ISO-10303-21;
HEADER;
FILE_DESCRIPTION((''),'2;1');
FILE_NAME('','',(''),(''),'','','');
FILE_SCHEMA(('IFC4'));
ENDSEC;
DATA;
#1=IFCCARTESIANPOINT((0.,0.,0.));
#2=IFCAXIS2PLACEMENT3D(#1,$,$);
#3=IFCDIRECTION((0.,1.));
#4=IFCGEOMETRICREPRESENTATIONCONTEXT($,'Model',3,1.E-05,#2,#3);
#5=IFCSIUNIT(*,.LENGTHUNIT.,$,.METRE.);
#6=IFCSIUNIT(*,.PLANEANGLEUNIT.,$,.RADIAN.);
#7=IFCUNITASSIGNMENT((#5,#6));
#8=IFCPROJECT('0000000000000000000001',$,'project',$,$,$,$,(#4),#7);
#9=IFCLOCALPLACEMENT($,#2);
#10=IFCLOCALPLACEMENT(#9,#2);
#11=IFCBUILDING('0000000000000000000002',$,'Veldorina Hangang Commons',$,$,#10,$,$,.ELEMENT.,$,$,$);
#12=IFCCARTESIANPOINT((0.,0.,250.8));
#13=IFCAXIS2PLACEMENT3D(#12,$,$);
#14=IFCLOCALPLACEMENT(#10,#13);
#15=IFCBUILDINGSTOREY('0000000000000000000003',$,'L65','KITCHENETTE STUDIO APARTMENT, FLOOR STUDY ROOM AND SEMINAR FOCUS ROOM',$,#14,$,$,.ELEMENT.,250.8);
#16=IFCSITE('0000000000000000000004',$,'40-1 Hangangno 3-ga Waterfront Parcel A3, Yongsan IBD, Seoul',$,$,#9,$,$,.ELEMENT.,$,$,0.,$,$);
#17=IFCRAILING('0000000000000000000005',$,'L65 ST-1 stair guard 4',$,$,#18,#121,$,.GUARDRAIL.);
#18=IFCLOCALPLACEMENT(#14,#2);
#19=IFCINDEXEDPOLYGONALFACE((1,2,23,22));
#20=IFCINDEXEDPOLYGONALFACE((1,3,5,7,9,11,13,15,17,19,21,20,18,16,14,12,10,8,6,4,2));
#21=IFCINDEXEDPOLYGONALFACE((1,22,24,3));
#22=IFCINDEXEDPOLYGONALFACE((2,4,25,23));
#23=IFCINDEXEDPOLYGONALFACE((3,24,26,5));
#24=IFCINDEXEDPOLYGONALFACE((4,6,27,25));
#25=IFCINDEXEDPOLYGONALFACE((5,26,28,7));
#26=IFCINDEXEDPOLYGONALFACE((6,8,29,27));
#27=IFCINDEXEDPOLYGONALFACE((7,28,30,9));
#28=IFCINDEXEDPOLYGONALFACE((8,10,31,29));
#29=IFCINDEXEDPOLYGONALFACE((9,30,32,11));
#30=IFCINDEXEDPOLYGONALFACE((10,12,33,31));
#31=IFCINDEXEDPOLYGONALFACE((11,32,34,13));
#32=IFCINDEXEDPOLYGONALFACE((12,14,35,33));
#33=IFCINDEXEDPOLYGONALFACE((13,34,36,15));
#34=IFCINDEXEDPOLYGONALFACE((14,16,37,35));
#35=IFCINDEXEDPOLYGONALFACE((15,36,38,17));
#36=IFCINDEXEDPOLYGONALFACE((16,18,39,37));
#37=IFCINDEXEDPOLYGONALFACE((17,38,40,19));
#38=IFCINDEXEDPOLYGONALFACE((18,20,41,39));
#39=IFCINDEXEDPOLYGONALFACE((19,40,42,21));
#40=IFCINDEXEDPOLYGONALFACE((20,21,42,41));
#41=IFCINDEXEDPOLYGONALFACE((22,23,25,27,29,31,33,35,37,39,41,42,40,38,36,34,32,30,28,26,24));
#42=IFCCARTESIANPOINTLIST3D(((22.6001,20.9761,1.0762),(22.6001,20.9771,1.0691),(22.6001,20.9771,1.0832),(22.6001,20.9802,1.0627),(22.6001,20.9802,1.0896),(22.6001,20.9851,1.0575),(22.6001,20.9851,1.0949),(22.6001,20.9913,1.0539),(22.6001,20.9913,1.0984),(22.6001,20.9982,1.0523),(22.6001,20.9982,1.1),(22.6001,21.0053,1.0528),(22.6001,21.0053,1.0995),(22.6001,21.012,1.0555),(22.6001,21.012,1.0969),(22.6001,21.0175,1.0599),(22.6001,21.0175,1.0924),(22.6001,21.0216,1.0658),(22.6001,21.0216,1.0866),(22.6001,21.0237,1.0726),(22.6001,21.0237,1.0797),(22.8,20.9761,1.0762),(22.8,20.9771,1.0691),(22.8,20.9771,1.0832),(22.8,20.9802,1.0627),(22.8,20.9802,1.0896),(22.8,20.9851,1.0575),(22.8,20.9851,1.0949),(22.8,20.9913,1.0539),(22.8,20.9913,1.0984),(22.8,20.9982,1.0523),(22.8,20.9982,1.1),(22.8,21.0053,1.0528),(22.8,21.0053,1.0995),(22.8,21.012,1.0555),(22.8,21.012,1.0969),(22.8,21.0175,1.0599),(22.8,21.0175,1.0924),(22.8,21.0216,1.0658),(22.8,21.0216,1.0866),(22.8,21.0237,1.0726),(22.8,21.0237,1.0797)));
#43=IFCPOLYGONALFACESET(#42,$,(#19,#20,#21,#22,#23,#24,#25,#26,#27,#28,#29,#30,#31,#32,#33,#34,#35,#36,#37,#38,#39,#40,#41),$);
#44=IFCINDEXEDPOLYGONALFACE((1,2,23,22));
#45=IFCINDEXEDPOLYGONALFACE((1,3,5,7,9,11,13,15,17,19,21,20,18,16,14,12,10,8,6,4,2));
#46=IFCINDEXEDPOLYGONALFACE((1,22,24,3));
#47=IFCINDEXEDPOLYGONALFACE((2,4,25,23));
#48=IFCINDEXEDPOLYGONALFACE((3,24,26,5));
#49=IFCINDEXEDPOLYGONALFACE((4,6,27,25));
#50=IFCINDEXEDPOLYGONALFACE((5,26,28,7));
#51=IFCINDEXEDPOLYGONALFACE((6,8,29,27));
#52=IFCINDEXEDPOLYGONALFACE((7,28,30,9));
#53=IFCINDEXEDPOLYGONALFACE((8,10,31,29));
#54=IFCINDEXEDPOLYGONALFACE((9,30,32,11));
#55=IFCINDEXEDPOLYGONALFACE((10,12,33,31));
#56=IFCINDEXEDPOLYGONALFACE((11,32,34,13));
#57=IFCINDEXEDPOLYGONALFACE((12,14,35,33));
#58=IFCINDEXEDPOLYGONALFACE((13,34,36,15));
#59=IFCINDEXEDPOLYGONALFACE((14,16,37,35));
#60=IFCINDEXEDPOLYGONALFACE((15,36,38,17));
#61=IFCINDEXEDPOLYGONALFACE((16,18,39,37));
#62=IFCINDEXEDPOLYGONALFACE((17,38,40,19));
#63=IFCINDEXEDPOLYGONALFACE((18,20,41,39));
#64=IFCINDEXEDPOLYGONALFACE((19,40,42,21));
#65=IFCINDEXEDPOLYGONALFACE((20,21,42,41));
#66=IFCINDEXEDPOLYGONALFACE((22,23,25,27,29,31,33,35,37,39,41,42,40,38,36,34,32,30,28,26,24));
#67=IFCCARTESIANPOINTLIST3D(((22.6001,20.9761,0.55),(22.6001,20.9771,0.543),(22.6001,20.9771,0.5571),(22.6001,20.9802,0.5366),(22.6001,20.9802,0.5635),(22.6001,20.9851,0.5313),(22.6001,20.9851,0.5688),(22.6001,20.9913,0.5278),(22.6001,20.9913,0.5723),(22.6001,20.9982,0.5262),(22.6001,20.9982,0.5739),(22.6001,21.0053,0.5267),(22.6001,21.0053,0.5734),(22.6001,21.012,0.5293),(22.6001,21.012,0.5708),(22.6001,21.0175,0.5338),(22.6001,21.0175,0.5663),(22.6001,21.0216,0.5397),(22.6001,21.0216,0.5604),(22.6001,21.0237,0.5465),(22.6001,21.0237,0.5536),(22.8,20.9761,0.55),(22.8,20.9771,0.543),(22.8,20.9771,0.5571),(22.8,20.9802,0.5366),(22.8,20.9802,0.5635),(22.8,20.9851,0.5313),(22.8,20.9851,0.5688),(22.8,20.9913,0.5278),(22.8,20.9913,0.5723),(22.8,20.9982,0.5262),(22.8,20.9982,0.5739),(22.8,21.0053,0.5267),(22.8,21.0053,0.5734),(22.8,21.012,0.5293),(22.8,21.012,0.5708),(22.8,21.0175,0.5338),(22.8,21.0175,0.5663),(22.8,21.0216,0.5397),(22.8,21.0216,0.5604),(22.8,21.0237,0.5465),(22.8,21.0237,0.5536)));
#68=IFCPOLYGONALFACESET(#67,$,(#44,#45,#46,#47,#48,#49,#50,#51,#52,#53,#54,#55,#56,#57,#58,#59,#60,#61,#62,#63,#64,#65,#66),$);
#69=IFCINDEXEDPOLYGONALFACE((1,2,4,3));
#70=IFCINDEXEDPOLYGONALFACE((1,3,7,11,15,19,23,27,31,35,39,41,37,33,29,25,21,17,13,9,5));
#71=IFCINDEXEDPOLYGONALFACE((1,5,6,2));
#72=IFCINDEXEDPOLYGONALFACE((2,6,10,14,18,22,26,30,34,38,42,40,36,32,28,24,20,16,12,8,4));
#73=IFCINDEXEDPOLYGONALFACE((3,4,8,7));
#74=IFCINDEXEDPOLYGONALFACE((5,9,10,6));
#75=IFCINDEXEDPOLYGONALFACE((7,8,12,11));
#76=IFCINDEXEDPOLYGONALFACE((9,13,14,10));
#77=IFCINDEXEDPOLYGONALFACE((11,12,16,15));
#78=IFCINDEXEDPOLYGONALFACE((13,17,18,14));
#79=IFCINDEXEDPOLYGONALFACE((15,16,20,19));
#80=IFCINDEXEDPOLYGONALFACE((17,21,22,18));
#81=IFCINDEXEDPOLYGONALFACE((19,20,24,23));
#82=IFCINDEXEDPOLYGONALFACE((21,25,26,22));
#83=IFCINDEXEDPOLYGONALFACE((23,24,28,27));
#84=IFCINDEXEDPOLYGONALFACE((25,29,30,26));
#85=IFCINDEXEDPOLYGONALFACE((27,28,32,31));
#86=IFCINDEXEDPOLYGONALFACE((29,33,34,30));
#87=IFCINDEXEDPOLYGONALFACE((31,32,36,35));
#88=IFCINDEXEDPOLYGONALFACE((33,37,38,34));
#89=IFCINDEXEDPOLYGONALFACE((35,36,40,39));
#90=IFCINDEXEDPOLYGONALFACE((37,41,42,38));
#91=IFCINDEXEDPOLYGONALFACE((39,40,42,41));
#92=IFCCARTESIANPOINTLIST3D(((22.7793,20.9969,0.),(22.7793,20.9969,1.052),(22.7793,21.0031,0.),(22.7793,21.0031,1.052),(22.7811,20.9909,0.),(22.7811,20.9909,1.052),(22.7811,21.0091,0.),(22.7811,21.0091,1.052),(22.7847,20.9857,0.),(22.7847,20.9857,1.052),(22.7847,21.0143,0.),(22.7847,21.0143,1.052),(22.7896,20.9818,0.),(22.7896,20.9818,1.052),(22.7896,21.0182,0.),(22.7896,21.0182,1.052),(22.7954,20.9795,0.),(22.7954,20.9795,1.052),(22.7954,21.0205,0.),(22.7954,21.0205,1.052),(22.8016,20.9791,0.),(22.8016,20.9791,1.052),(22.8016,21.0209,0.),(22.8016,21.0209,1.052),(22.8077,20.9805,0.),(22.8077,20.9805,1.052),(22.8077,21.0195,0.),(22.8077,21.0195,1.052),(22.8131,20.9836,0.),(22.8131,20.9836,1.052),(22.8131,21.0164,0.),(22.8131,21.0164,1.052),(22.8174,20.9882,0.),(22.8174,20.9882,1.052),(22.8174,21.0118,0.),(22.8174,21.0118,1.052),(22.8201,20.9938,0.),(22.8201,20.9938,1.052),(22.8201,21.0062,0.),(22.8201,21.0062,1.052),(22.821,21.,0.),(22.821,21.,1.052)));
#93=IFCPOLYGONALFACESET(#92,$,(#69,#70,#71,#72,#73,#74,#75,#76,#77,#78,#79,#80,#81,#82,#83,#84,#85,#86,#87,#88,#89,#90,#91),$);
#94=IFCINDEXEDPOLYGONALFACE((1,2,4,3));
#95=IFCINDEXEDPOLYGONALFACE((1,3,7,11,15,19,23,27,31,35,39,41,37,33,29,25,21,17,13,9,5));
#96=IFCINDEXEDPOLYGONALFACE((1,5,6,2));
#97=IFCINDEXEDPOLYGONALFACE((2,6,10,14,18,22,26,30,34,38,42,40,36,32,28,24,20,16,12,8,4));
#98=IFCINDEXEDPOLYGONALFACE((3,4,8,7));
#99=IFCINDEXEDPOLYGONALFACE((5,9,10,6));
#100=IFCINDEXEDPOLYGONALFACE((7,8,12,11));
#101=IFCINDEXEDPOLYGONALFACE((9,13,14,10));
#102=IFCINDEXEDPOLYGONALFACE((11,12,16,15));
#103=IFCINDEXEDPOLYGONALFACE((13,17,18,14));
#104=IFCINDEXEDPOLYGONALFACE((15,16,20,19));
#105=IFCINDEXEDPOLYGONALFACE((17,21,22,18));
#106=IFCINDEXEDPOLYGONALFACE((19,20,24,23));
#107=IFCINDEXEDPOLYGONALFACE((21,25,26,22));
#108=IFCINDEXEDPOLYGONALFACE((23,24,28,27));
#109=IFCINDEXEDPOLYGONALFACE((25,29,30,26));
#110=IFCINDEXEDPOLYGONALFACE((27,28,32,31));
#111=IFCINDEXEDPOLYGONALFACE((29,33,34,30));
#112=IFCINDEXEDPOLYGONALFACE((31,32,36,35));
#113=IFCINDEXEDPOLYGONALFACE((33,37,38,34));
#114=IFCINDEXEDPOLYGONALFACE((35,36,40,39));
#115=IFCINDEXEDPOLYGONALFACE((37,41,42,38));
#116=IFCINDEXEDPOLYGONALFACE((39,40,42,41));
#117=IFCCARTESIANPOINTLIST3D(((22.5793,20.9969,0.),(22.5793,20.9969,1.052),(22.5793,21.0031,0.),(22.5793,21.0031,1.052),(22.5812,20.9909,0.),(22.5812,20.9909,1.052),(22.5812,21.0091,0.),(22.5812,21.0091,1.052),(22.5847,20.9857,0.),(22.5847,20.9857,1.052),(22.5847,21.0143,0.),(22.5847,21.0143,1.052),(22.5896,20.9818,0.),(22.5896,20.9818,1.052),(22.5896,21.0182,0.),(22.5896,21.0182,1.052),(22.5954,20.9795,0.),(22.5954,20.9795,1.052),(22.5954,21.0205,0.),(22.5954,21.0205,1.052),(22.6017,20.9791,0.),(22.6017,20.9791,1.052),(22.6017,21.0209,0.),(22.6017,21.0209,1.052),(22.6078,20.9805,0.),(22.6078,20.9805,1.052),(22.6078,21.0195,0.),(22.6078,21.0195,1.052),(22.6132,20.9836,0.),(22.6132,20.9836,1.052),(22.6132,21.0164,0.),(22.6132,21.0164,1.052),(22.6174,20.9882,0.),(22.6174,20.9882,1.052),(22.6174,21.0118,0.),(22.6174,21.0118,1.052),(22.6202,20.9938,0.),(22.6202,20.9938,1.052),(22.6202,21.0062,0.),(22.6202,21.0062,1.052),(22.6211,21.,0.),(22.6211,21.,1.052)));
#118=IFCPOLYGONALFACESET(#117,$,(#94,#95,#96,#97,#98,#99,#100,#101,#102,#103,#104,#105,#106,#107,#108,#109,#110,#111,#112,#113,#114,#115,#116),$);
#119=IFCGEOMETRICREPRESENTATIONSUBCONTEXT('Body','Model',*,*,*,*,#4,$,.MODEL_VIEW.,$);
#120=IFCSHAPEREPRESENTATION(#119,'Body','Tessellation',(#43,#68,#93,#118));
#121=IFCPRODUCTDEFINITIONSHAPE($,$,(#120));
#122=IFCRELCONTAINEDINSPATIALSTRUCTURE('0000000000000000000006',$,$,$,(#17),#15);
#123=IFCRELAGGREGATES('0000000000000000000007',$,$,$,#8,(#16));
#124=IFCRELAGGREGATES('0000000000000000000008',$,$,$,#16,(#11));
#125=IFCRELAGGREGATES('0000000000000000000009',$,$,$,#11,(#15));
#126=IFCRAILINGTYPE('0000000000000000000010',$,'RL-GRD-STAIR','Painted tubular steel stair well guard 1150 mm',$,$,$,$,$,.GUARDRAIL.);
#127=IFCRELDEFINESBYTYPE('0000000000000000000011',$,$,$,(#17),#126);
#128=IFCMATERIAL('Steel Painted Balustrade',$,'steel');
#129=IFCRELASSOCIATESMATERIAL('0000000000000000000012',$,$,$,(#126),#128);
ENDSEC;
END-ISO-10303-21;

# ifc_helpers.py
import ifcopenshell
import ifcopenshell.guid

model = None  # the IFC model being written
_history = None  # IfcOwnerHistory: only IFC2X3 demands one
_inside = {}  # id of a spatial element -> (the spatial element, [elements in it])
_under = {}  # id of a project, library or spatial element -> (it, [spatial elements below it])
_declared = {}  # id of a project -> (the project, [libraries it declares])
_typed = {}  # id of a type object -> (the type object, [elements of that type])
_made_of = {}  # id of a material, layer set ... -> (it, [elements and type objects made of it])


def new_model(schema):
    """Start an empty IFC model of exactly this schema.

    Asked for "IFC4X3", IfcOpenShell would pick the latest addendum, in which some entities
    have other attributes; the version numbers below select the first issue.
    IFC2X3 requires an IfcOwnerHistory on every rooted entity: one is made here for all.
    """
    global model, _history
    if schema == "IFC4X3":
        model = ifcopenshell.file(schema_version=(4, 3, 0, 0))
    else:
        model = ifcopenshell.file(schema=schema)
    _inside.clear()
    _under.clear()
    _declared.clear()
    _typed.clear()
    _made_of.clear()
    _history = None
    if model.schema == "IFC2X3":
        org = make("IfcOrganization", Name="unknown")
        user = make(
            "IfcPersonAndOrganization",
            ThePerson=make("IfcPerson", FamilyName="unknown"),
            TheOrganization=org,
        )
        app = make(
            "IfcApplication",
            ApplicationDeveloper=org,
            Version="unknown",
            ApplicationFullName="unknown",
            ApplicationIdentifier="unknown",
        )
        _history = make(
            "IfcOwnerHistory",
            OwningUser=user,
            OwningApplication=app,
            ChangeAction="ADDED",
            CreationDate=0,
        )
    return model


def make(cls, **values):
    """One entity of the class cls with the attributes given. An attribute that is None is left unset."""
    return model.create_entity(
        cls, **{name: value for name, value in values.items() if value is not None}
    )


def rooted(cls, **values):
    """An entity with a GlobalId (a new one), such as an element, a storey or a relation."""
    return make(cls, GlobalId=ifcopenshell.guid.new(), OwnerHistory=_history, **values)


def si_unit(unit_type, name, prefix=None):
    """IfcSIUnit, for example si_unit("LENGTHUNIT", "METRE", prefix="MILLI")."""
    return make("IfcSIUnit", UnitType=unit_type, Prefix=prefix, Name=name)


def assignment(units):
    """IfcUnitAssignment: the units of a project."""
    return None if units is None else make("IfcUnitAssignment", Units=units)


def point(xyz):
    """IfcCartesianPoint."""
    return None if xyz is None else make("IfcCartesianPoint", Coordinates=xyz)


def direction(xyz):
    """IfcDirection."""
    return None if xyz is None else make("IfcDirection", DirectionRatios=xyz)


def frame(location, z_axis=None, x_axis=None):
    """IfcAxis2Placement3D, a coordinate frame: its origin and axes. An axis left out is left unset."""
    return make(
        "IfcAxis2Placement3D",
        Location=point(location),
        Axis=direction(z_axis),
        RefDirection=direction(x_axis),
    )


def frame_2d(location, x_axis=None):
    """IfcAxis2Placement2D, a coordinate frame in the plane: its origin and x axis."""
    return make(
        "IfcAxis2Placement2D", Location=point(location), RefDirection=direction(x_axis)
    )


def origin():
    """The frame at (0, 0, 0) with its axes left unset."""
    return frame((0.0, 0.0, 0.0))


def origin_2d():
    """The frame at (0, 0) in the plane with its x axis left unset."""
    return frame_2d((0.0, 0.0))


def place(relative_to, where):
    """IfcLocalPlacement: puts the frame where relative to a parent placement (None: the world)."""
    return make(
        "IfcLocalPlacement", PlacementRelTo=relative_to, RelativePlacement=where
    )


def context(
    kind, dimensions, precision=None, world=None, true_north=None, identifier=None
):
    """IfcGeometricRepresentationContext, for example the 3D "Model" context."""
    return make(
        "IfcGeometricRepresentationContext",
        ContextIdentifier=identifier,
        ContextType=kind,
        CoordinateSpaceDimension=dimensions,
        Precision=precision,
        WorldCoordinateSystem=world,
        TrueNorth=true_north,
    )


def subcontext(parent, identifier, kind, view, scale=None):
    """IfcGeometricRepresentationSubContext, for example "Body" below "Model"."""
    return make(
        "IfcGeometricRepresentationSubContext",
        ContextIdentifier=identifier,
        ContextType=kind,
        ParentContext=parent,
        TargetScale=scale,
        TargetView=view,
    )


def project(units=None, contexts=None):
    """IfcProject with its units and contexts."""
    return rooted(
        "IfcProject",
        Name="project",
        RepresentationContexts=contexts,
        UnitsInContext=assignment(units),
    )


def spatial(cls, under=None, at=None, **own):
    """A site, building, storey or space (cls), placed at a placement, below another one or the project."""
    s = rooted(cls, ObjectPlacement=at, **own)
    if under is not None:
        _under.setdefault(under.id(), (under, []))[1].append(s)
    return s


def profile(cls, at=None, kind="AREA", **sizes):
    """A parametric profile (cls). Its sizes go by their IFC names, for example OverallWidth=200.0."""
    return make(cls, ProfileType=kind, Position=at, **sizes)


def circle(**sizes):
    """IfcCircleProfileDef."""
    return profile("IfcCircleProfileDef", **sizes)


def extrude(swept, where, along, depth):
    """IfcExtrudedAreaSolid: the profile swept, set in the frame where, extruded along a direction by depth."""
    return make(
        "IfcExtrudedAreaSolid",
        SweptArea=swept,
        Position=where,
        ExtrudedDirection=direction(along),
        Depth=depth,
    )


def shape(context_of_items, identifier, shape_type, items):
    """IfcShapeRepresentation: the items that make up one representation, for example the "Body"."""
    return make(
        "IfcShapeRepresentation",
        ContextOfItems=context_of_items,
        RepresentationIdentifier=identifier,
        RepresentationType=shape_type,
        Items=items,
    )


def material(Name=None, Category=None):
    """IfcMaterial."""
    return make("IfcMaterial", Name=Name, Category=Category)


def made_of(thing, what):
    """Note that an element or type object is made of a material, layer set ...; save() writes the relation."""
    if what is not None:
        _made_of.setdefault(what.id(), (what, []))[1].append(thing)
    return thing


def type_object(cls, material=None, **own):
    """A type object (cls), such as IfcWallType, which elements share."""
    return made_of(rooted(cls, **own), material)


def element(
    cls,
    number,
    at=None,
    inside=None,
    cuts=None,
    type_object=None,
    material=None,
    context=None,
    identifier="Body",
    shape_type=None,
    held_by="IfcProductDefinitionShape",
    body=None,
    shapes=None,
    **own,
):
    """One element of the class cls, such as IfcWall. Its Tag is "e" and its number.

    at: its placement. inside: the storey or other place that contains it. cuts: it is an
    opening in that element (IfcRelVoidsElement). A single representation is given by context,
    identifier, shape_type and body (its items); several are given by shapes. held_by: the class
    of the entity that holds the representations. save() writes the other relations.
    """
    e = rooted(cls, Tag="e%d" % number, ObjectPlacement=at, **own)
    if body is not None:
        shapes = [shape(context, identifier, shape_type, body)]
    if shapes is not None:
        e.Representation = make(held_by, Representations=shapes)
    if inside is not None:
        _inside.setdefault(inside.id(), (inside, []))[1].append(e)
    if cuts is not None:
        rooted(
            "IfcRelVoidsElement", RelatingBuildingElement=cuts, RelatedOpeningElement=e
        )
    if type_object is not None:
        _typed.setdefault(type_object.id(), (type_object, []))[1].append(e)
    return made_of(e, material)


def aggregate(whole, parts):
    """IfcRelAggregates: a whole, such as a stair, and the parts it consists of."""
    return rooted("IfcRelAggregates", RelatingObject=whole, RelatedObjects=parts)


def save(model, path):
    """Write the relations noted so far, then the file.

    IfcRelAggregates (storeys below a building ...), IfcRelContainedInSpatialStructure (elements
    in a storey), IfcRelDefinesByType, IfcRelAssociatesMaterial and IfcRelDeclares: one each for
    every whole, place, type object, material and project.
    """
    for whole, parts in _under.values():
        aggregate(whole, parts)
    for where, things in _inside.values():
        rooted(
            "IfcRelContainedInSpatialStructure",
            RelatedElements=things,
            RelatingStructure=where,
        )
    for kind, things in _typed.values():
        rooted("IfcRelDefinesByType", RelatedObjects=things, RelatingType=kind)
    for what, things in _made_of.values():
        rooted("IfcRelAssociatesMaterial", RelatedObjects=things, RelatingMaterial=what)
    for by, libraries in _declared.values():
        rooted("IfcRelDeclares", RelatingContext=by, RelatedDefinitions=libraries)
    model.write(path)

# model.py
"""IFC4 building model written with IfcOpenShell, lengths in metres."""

from ifc_helpers import new_model, si_unit, direction, frame, origin, origin_2d, place, context, subcontext, project, spatial, circle, extrude, material, type_object, element, save


model = new_model("IFC4")

# Units and contexts
model_context = context("Model", 3, precision=1e-05, world=origin(), true_north=direction((0.0, 1.0)))
body_context = subcontext(model_context, "Body", "Model", "MODEL_VIEW")
ifc_project = project(units=[si_unit("LENGTHUNIT", "METRE"), si_unit("PLANEANGLEUNIT", "RADIAN")], contexts=[model_context])

# Site, building, storey
site_placement = place(None, origin())
site = spatial("IfcSite", under=ifc_project, at=site_placement, Name="40-1 Hangangno 3-ga Waterfront Parcel A3, Yongsan IBD, Seoul", CompositionType="ELEMENT", RefElevation=0.0)
building_placement = place(site_placement, origin())
building = spatial("IfcBuilding", under=site, at=building_placement, Name="Veldorina Hangang Commons", CompositionType="ELEMENT")
storey_placement = place(building_placement, frame((0.0, 0.0, 250.8)))
storey = spatial("IfcBuildingStorey", under=building, at=storey_placement, Name="L65", Description="KITCHENETTE STUDIO APARTMENT, FLOOR STUDY ROOM AND SEMINAR FOCUS ROOM", CompositionType="ELEMENT", Elevation=250.8)

# Railing
ifc_material_1 = material(Name="Steel Painted Balustrade", Category="steel")
railing_type_1 = type_object("IfcRailingType", Name="RL-GRD-STAIR", Description="Painted tubular steel stair well guard 1150 mm", PredefinedType="GUARDRAIL", material=ifc_material_1)
railing_1_placement = place(storey_placement, frame((22.8, 21.0, 0.0)))
element("IfcRailing", 1, at=railing_1_placement, inside=storey, type_object=railing_type_1, Name="L65 ST-1 stair guard 4", PredefinedType="GUARDRAIL", context=body_context, shape_type="SweptSolid", body=[
    extrude(circle(Radius=0.0239, at=origin_2d()), frame((0.0, 0.0, 1.0762), z_axis=(-1.0, 0.0, 0.0), x_axis=(0.0, -1.0, 0.0)), (0.0, 0.0, 1.0), 0.2),
    extrude(circle(Radius=0.0239, at=origin_2d()), frame((0.0, 0.0, 0.55), z_axis=(-1.0, 0.0, 0.0), x_axis=(0.0, -1.0, 0.0)), (0.0, 0.0, 1.0), 0.2),
    extrude(circle(Radius=0.021, at=origin_2d()), origin(), (0.0, 0.0, 1.0), 1.052),
    extrude(circle(Radius=0.021, at=origin_2d()), frame((-0.2, 0.0, 0.0)), (0.0, 0.0, 1.0), 1.052),
])

save(model, "model.ifc")
